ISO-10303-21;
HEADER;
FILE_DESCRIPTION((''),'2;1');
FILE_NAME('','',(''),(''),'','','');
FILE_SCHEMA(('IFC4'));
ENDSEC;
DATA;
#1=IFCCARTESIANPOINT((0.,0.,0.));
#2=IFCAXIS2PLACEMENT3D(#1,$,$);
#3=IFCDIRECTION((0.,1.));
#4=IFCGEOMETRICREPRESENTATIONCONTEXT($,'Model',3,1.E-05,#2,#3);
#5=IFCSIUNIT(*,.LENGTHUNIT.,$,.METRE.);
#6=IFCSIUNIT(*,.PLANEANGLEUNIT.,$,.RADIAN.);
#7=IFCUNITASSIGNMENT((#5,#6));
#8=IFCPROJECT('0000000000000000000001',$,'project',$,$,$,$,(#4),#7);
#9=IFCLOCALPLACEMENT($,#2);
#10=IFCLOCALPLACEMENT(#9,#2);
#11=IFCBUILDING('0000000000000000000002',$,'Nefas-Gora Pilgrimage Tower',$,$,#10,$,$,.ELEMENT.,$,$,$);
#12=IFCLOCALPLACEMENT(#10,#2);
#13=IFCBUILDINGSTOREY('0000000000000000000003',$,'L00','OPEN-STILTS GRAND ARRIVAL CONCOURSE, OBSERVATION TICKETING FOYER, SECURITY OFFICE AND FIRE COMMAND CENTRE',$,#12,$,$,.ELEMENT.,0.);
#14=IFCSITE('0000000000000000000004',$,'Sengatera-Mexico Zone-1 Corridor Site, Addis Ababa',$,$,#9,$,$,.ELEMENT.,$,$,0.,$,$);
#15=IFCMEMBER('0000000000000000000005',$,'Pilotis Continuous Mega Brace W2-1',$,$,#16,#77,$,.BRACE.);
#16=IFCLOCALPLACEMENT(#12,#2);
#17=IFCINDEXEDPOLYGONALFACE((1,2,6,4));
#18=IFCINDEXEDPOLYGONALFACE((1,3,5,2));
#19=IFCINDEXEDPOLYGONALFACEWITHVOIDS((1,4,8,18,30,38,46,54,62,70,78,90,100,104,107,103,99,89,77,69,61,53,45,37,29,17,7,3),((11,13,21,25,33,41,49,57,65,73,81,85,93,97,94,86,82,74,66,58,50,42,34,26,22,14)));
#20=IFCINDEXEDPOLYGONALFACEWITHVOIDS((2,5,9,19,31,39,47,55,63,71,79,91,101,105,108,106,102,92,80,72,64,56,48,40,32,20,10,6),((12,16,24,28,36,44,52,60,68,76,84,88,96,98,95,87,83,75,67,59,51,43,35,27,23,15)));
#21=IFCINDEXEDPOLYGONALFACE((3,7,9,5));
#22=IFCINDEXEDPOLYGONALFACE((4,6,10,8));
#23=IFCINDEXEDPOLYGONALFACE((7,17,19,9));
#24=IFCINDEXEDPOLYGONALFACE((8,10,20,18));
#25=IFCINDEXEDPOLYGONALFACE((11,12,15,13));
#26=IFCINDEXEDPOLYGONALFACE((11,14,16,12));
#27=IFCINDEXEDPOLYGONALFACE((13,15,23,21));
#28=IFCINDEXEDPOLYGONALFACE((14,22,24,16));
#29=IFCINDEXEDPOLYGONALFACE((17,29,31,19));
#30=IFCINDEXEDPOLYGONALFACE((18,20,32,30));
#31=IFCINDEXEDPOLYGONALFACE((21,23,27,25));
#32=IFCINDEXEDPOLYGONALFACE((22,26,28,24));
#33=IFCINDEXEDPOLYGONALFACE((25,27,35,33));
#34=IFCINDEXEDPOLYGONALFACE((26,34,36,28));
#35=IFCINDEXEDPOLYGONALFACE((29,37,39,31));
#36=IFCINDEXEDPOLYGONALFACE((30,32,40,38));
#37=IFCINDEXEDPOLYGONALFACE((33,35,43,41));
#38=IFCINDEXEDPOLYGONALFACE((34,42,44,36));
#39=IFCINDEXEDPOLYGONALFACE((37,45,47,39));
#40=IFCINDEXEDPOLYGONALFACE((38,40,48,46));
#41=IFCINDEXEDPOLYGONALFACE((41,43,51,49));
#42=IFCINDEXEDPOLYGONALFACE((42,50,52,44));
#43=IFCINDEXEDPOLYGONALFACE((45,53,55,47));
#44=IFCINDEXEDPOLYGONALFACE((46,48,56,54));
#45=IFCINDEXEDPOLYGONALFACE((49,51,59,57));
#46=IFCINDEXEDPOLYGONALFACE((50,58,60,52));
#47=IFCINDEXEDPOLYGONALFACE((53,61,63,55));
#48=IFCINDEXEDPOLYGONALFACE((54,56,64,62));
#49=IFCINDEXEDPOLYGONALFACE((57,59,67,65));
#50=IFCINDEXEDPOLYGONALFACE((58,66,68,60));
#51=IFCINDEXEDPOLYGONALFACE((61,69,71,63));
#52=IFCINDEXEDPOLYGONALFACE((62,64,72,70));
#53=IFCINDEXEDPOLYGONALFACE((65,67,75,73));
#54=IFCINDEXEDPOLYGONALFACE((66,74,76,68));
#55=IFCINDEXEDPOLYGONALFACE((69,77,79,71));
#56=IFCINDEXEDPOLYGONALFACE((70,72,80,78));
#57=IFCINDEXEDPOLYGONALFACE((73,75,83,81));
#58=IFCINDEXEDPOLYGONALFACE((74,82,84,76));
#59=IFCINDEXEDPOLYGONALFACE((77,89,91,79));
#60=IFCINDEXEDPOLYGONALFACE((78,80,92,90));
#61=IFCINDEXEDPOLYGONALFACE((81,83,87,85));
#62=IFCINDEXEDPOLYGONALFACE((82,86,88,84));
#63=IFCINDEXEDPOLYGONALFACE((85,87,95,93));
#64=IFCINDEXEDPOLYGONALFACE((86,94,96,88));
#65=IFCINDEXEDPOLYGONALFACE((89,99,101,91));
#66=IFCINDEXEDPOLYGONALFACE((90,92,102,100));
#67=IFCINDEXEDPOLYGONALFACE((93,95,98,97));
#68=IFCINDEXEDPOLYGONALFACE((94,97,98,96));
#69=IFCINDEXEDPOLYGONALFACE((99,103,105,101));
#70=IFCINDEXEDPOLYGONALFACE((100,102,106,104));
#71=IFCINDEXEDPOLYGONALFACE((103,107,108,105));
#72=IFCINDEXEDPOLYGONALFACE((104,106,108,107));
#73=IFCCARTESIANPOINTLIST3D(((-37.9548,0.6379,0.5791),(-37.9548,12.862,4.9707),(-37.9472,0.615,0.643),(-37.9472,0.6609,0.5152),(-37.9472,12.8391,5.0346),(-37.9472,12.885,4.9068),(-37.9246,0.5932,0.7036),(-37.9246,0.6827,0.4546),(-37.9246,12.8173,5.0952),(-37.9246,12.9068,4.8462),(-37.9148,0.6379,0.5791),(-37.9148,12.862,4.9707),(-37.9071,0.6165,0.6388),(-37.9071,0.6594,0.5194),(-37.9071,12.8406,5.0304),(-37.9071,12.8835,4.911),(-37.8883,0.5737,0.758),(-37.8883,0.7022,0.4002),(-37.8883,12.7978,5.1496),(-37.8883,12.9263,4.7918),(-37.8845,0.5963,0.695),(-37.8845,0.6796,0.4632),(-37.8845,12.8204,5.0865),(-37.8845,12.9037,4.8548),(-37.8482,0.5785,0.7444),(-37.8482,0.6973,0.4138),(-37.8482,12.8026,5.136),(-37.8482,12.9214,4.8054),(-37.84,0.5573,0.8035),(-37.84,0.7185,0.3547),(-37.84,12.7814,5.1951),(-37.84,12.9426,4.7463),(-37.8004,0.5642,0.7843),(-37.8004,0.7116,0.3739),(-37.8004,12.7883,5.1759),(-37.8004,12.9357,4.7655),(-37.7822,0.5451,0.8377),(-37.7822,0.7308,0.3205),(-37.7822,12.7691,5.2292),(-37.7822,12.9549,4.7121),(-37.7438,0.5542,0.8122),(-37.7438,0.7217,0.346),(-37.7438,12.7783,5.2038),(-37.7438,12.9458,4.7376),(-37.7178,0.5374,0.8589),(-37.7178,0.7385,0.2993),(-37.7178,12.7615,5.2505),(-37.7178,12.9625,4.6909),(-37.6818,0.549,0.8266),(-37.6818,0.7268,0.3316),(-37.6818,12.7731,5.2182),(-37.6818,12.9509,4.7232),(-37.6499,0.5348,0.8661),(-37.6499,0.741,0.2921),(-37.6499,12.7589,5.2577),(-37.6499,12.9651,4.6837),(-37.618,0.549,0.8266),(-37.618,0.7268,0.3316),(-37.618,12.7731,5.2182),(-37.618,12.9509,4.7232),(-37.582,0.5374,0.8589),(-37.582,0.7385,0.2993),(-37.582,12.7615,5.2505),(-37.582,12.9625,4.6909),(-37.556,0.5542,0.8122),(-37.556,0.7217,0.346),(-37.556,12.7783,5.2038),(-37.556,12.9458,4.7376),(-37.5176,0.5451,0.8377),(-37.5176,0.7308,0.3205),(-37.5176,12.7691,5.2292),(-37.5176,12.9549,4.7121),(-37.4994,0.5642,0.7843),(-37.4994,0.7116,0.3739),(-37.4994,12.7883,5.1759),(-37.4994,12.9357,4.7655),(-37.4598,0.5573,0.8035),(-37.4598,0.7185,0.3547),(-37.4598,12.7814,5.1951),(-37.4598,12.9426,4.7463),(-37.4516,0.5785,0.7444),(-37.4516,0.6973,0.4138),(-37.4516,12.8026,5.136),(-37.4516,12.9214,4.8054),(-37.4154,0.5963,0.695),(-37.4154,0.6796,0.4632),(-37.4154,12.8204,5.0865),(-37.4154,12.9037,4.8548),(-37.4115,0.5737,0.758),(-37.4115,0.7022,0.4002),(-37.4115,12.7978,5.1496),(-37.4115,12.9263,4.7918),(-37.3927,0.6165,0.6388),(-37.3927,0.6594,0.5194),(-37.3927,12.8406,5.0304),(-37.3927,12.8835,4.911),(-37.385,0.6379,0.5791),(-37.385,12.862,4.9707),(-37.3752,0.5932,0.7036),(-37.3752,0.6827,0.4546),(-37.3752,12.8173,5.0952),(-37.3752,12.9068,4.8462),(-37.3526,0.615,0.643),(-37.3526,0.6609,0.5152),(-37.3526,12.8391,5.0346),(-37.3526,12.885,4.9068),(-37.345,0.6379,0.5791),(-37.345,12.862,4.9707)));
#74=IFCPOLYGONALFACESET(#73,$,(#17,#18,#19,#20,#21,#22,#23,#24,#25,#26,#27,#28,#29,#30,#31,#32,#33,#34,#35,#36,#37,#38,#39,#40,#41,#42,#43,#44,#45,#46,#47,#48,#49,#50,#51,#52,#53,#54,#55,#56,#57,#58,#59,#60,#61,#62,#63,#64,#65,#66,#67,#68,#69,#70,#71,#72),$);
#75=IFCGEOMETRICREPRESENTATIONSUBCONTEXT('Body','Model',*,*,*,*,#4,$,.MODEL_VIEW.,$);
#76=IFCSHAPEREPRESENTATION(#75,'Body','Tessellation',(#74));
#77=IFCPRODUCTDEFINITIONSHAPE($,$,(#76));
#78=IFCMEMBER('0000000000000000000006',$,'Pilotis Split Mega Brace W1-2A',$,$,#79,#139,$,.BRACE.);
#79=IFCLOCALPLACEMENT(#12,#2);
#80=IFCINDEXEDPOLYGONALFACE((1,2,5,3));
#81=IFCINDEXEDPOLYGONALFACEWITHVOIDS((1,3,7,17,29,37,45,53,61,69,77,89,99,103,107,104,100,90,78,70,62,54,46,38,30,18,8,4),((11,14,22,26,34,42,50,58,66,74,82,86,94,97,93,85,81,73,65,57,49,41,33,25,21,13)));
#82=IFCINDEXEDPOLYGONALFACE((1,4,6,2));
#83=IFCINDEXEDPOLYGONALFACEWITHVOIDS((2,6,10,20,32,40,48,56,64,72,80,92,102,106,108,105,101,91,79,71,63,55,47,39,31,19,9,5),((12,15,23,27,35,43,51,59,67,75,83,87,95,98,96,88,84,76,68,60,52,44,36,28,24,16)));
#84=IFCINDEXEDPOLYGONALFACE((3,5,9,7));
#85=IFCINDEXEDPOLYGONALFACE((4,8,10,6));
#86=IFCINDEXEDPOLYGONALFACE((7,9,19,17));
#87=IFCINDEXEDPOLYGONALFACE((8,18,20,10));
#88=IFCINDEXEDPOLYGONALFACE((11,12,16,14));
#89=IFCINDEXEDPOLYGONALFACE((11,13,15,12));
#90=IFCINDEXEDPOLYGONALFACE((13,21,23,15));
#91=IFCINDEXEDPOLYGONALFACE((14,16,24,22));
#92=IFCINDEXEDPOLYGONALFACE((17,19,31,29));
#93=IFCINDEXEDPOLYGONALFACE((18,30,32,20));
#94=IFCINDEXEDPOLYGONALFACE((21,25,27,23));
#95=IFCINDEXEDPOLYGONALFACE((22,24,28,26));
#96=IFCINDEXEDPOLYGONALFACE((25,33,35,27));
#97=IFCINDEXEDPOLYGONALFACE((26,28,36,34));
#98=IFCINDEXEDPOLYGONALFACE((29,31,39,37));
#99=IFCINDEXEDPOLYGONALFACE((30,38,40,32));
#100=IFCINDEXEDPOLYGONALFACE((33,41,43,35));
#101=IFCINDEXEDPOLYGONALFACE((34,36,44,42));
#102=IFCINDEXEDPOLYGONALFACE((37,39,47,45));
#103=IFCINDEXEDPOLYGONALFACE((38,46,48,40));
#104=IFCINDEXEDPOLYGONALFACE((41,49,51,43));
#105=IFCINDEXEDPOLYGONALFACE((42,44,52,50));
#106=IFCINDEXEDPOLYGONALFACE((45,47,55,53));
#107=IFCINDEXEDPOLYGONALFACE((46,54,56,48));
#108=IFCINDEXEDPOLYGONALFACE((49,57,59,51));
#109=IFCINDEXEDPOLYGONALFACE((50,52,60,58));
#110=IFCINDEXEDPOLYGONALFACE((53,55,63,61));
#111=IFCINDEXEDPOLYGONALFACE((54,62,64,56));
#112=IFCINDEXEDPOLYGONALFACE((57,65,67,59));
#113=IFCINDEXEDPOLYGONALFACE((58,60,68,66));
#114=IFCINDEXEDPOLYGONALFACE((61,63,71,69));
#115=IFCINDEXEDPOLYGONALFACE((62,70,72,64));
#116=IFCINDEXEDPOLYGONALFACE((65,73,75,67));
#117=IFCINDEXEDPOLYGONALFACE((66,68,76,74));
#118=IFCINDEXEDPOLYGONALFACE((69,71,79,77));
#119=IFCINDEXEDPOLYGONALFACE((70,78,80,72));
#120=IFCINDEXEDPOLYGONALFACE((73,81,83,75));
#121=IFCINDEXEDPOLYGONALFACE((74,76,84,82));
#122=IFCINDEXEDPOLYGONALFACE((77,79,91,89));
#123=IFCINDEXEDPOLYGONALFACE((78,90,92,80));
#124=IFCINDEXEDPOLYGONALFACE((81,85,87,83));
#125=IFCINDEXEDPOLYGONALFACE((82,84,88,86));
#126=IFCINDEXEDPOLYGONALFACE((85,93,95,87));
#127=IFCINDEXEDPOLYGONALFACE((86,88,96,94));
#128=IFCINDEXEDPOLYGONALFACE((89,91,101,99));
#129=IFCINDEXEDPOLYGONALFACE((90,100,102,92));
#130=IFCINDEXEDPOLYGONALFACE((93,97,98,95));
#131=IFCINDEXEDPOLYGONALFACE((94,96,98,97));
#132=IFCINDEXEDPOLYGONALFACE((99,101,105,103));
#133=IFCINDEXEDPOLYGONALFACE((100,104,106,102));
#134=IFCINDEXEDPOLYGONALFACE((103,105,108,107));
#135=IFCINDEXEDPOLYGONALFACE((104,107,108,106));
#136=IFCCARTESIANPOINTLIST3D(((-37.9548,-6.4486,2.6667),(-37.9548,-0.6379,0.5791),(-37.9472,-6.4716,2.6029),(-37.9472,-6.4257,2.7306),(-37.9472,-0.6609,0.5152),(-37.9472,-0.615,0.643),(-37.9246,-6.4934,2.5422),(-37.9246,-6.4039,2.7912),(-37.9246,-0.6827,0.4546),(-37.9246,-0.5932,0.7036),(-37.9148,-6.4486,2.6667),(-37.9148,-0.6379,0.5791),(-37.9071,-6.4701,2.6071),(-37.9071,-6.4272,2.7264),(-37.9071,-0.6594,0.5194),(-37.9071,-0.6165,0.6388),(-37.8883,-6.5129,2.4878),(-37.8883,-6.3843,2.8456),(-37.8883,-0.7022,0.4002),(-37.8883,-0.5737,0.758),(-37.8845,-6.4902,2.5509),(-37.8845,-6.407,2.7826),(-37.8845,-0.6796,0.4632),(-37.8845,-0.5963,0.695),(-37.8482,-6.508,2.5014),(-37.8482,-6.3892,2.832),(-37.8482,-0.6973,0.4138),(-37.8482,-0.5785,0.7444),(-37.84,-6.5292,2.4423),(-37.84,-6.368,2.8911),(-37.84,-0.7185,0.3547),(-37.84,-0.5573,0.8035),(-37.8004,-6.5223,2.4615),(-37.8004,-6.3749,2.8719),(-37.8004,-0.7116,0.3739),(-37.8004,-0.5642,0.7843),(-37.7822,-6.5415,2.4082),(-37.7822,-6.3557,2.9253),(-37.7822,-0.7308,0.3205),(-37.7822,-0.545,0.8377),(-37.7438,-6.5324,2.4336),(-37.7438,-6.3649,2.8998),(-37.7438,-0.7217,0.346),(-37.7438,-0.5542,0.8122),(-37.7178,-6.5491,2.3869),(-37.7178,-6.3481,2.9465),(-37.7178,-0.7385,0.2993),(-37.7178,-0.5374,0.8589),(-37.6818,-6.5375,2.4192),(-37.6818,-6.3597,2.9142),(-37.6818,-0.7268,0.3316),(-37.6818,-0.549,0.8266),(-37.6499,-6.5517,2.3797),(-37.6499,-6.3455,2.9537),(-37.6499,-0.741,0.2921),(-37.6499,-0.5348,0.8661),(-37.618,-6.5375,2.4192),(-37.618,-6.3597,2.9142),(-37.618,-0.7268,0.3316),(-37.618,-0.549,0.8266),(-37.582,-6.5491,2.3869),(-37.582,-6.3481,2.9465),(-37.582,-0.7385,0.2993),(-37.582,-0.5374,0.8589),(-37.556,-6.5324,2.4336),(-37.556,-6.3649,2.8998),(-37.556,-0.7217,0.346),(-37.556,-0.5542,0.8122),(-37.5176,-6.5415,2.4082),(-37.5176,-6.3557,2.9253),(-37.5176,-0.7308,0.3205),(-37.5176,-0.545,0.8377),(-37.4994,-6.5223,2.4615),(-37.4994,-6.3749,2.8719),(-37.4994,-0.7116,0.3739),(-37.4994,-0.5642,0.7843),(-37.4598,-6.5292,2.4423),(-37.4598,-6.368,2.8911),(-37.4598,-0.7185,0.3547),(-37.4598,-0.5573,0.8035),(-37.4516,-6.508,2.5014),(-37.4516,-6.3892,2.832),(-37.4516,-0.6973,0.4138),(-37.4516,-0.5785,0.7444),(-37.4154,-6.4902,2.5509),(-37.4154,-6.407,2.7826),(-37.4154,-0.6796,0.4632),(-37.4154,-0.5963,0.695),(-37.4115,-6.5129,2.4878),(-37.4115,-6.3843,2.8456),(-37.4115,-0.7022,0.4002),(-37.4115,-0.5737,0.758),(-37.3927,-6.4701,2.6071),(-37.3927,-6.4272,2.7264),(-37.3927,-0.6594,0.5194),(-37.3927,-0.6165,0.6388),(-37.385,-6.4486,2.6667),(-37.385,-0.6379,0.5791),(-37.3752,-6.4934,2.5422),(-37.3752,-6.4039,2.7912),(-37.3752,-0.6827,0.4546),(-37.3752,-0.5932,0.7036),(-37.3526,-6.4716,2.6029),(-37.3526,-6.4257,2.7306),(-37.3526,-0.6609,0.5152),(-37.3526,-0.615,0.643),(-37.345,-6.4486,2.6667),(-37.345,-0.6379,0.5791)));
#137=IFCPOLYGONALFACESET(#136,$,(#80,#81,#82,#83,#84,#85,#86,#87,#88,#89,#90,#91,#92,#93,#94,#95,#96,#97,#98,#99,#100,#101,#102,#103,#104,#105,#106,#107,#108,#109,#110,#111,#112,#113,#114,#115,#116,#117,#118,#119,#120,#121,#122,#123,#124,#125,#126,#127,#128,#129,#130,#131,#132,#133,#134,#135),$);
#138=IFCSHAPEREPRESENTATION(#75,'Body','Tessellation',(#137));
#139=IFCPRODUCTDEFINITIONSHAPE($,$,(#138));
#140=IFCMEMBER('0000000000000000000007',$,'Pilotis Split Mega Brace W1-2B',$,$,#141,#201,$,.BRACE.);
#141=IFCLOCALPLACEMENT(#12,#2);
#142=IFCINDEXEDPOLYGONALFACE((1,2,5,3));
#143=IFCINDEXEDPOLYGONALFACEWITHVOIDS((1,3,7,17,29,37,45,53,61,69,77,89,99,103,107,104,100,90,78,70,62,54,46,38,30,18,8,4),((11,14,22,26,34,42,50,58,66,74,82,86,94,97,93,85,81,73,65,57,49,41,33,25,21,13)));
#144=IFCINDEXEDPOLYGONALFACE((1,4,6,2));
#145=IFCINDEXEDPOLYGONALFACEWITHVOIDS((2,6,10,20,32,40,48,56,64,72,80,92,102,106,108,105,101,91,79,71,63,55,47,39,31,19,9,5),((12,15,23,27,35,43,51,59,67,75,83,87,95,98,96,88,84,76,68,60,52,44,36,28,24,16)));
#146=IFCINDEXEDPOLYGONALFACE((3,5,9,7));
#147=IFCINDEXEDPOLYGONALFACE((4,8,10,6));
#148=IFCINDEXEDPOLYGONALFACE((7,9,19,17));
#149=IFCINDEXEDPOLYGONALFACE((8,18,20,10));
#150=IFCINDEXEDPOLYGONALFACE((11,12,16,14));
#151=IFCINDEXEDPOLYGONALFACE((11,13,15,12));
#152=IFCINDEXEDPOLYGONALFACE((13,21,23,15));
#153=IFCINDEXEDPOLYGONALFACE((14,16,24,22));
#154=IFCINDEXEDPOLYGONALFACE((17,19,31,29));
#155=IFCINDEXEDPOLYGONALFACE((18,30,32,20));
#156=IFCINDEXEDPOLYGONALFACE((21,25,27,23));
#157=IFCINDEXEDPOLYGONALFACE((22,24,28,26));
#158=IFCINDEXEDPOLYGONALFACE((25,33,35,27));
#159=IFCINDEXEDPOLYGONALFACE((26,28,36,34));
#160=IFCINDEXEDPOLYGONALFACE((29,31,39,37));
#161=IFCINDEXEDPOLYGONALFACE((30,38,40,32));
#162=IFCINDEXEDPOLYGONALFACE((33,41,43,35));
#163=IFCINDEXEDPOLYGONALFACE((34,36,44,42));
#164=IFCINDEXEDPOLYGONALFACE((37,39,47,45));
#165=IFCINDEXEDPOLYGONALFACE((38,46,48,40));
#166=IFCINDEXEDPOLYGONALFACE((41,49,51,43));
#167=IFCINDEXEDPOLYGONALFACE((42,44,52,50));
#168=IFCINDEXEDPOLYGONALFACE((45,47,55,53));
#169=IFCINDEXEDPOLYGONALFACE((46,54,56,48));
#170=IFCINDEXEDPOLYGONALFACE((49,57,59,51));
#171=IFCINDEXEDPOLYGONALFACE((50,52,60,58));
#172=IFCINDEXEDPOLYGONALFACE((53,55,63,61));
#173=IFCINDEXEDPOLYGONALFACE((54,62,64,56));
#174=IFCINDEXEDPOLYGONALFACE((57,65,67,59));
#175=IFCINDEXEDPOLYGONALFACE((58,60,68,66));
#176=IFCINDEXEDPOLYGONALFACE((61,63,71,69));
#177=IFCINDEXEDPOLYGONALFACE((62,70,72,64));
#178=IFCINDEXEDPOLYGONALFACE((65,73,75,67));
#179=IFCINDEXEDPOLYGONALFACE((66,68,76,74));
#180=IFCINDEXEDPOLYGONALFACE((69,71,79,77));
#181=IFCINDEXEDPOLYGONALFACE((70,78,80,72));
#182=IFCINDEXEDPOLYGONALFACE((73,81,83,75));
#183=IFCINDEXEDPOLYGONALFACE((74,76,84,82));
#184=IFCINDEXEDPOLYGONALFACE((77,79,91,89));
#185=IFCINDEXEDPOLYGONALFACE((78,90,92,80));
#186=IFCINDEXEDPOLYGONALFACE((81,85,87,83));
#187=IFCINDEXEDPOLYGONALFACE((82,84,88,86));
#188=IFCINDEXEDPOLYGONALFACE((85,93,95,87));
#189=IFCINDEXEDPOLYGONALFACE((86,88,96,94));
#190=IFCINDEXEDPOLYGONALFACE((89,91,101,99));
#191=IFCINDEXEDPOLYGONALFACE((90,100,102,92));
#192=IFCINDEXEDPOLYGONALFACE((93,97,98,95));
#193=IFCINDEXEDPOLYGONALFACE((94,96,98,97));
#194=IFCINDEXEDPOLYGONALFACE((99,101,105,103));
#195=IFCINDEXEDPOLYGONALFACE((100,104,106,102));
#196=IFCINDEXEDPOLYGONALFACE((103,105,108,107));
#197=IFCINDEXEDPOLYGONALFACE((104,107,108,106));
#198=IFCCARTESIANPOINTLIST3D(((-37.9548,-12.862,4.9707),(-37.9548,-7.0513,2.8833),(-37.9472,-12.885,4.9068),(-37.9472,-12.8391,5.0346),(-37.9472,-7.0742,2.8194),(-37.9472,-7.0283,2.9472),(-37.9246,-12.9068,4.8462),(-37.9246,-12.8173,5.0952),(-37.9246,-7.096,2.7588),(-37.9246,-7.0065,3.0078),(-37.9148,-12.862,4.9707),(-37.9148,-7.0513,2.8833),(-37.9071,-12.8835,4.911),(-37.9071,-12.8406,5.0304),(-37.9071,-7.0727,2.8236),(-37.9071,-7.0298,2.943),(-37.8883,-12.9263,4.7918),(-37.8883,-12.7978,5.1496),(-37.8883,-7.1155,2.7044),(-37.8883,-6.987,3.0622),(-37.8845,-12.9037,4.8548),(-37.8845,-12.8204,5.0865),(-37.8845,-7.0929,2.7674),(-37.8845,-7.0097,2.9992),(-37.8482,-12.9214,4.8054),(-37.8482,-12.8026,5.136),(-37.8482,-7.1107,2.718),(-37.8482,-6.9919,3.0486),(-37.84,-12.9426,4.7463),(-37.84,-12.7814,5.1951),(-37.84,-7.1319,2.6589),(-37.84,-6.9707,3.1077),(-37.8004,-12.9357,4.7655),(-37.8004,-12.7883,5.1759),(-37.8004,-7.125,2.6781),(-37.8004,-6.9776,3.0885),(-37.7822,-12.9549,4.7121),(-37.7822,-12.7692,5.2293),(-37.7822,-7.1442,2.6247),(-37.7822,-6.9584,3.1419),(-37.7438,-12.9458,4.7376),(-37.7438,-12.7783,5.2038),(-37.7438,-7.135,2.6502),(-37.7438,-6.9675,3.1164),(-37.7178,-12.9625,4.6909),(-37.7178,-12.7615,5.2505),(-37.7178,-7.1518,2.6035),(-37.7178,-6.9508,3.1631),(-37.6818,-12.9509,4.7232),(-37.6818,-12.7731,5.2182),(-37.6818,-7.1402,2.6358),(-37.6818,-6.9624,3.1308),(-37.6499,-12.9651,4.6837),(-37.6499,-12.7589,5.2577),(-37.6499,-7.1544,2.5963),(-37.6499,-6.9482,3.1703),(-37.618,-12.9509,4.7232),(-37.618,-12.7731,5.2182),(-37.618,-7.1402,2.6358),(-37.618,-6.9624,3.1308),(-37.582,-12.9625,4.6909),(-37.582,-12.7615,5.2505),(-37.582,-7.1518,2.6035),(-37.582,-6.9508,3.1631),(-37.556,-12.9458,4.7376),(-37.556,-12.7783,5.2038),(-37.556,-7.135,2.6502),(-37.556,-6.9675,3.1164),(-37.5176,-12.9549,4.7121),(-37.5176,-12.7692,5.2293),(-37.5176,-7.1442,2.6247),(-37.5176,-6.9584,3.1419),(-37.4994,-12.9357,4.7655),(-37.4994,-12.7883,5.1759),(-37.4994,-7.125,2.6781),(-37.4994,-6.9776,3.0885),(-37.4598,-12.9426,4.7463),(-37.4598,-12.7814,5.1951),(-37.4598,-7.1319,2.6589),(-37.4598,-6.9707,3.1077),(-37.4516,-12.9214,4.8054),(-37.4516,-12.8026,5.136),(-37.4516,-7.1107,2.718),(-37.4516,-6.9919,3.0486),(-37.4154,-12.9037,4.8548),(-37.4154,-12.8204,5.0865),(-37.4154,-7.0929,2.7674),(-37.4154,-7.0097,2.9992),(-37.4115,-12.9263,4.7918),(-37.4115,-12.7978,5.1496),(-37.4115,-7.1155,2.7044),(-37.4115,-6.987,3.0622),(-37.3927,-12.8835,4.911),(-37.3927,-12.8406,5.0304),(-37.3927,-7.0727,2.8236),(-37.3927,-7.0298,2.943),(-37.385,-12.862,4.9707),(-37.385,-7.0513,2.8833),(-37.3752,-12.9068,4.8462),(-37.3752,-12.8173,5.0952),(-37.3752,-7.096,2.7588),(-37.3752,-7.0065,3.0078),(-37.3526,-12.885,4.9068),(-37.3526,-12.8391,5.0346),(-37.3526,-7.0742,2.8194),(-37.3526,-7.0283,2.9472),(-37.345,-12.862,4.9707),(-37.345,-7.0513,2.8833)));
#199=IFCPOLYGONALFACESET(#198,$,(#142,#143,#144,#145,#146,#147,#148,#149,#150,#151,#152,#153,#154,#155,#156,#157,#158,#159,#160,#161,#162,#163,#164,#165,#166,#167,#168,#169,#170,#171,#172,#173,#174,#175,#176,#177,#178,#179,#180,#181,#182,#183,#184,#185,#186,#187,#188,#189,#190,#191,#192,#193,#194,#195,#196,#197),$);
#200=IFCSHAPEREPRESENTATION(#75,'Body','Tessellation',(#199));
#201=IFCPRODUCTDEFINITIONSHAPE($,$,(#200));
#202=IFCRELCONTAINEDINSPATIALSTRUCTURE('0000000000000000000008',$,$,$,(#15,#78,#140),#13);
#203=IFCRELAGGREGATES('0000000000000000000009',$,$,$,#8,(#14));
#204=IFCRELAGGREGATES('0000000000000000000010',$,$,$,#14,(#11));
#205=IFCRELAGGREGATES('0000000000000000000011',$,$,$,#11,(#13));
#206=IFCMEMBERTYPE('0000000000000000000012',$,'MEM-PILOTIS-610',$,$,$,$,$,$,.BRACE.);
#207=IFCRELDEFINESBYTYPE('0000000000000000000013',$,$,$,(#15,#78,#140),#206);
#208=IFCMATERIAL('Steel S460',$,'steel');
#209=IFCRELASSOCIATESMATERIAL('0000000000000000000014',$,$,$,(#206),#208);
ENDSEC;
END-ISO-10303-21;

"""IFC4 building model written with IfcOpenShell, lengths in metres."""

from ifc_helpers import new_model, si_unit, direction, frame, origin, origin_2d, place, context, subcontext, project, spatial, hollow_circle, extrude, source, transform, mapped, material, material_profile, profile_set, type_object, element, save


model = new_model("IFC4")

# Units and contexts
model_context = context("Model", 3, precision=1e-05, world=origin(), true_north=direction((0.0, 1.0)))
body_context = subcontext(model_context, "Body", "Model", "MODEL_VIEW")
ifc_project = project(units=[si_unit("LENGTHUNIT", "METRE"), si_unit("PLANEANGLEUNIT", "RADIAN")], contexts=[model_context])

# Site, building, storey
site_placement = place(None, origin())
site = spatial("IfcSite", under=ifc_project, at=site_placement, Name="Sengatera-Mexico Zone-1 Corridor Site, Addis Ababa", CompositionType="ELEMENT", RefElevation=0.0)
building_placement = place(site_placement, origin())
building = spatial("IfcBuilding", under=site, at=building_placement, Name="Nefas-Gora Pilgrimage Tower", CompositionType="ELEMENT")
storey_placement = place(building_placement, origin())
storey = spatial("IfcBuildingStorey", under=building, at=storey_placement, Name="L00", Description="OPEN-STILTS GRAND ARRIVAL CONCOURSE, OBSERVATION TICKETING FOYER, SECURITY OFFICE AND FIRE COMMAND CENTRE", CompositionType="ELEMENT", Elevation=0.0)

# Shared definitions
ifc_material_1 = material(Name="Steel S460", Category="steel")

# Members
ifc_material_profile_1 = material_profile(ifc_material_1, hollow_circle(Radius=0.3049, WallThickness=0.04, at=origin_2d()), Name="CHS 610x40")
ifc_profile_set_1 = profile_set([ifc_material_profile_1], Name="Steel S460")
member_type = type_object("IfcMemberType", Name="MEM-PILOTIS-610", PredefinedType="BRACE", material=ifc_profile_set_1)
shared_shape_1 = source(origin(), body_context, "Body", "SweptSolid", [
    extrude(hollow_circle(Radius=0.3049, WallThickness=0.04, at=origin_2d()), origin(), (0.0, 0.0, 1.0), 12.989),
])
member_placement = place(storey_placement, frame((-37.6499, 0.6379, 0.5791), z_axis=(0.0, 0.94111, 0.3381), x_axis=(-1.0, 0.0, 0.0)))
element("IfcMember", 1, at=member_placement, inside=storey, type_object=member_type, Name="Pilotis Continuous Mega Brace W2-1", PredefinedType="BRACE", context=body_context, shape_type="MappedRepresentation", body=[
    mapped(shared_shape_1, transform((0.0, 0.0, 0.0), x_axis=(1.0, 0.0, 0.0), y_axis=(0.0, 1.0, 0.0), z_axis=(0.0, 0.0, 1.0), scale=1.0)),
])
shared_shape_2 = source(origin(), body_context, "Body", "SweptSolid", [
    extrude(hollow_circle(Radius=0.3049, WallThickness=0.04, at=origin_2d()), origin(), (0.0, 0.0, 1.0), 6.1743),
])
for number, where, z_axis, x_axis, name in (
    (2, (-37.6499, -0.6379, 0.5791), (0.0, -0.941106, 0.338112), (1.0, 0.0, 0.0), "Pilotis Split Mega Brace W1-2A"),
    (3, (-37.6499, -7.0513, 2.8833), (0.0, -0.941119, 0.338077), (1.0, 0.0, 0.0), "Pilotis Split Mega Brace W1-2B"),
):
    element("IfcMember", number, at=place(storey_placement, frame(where, z_axis=z_axis, x_axis=x_axis)), inside=storey, type_object=member_type, Name=name, PredefinedType="BRACE", context=body_context, shape_type="MappedRepresentation", body=[
        mapped(shared_shape_2, transform((0.0, 0.0, 0.0), x_axis=(1.0, 0.0, 0.0), y_axis=(0.0, 1.0, 0.0), z_axis=(0.0, 0.0, 1.0), scale=1.0)),
    ])

save(model, "model.ifc")
